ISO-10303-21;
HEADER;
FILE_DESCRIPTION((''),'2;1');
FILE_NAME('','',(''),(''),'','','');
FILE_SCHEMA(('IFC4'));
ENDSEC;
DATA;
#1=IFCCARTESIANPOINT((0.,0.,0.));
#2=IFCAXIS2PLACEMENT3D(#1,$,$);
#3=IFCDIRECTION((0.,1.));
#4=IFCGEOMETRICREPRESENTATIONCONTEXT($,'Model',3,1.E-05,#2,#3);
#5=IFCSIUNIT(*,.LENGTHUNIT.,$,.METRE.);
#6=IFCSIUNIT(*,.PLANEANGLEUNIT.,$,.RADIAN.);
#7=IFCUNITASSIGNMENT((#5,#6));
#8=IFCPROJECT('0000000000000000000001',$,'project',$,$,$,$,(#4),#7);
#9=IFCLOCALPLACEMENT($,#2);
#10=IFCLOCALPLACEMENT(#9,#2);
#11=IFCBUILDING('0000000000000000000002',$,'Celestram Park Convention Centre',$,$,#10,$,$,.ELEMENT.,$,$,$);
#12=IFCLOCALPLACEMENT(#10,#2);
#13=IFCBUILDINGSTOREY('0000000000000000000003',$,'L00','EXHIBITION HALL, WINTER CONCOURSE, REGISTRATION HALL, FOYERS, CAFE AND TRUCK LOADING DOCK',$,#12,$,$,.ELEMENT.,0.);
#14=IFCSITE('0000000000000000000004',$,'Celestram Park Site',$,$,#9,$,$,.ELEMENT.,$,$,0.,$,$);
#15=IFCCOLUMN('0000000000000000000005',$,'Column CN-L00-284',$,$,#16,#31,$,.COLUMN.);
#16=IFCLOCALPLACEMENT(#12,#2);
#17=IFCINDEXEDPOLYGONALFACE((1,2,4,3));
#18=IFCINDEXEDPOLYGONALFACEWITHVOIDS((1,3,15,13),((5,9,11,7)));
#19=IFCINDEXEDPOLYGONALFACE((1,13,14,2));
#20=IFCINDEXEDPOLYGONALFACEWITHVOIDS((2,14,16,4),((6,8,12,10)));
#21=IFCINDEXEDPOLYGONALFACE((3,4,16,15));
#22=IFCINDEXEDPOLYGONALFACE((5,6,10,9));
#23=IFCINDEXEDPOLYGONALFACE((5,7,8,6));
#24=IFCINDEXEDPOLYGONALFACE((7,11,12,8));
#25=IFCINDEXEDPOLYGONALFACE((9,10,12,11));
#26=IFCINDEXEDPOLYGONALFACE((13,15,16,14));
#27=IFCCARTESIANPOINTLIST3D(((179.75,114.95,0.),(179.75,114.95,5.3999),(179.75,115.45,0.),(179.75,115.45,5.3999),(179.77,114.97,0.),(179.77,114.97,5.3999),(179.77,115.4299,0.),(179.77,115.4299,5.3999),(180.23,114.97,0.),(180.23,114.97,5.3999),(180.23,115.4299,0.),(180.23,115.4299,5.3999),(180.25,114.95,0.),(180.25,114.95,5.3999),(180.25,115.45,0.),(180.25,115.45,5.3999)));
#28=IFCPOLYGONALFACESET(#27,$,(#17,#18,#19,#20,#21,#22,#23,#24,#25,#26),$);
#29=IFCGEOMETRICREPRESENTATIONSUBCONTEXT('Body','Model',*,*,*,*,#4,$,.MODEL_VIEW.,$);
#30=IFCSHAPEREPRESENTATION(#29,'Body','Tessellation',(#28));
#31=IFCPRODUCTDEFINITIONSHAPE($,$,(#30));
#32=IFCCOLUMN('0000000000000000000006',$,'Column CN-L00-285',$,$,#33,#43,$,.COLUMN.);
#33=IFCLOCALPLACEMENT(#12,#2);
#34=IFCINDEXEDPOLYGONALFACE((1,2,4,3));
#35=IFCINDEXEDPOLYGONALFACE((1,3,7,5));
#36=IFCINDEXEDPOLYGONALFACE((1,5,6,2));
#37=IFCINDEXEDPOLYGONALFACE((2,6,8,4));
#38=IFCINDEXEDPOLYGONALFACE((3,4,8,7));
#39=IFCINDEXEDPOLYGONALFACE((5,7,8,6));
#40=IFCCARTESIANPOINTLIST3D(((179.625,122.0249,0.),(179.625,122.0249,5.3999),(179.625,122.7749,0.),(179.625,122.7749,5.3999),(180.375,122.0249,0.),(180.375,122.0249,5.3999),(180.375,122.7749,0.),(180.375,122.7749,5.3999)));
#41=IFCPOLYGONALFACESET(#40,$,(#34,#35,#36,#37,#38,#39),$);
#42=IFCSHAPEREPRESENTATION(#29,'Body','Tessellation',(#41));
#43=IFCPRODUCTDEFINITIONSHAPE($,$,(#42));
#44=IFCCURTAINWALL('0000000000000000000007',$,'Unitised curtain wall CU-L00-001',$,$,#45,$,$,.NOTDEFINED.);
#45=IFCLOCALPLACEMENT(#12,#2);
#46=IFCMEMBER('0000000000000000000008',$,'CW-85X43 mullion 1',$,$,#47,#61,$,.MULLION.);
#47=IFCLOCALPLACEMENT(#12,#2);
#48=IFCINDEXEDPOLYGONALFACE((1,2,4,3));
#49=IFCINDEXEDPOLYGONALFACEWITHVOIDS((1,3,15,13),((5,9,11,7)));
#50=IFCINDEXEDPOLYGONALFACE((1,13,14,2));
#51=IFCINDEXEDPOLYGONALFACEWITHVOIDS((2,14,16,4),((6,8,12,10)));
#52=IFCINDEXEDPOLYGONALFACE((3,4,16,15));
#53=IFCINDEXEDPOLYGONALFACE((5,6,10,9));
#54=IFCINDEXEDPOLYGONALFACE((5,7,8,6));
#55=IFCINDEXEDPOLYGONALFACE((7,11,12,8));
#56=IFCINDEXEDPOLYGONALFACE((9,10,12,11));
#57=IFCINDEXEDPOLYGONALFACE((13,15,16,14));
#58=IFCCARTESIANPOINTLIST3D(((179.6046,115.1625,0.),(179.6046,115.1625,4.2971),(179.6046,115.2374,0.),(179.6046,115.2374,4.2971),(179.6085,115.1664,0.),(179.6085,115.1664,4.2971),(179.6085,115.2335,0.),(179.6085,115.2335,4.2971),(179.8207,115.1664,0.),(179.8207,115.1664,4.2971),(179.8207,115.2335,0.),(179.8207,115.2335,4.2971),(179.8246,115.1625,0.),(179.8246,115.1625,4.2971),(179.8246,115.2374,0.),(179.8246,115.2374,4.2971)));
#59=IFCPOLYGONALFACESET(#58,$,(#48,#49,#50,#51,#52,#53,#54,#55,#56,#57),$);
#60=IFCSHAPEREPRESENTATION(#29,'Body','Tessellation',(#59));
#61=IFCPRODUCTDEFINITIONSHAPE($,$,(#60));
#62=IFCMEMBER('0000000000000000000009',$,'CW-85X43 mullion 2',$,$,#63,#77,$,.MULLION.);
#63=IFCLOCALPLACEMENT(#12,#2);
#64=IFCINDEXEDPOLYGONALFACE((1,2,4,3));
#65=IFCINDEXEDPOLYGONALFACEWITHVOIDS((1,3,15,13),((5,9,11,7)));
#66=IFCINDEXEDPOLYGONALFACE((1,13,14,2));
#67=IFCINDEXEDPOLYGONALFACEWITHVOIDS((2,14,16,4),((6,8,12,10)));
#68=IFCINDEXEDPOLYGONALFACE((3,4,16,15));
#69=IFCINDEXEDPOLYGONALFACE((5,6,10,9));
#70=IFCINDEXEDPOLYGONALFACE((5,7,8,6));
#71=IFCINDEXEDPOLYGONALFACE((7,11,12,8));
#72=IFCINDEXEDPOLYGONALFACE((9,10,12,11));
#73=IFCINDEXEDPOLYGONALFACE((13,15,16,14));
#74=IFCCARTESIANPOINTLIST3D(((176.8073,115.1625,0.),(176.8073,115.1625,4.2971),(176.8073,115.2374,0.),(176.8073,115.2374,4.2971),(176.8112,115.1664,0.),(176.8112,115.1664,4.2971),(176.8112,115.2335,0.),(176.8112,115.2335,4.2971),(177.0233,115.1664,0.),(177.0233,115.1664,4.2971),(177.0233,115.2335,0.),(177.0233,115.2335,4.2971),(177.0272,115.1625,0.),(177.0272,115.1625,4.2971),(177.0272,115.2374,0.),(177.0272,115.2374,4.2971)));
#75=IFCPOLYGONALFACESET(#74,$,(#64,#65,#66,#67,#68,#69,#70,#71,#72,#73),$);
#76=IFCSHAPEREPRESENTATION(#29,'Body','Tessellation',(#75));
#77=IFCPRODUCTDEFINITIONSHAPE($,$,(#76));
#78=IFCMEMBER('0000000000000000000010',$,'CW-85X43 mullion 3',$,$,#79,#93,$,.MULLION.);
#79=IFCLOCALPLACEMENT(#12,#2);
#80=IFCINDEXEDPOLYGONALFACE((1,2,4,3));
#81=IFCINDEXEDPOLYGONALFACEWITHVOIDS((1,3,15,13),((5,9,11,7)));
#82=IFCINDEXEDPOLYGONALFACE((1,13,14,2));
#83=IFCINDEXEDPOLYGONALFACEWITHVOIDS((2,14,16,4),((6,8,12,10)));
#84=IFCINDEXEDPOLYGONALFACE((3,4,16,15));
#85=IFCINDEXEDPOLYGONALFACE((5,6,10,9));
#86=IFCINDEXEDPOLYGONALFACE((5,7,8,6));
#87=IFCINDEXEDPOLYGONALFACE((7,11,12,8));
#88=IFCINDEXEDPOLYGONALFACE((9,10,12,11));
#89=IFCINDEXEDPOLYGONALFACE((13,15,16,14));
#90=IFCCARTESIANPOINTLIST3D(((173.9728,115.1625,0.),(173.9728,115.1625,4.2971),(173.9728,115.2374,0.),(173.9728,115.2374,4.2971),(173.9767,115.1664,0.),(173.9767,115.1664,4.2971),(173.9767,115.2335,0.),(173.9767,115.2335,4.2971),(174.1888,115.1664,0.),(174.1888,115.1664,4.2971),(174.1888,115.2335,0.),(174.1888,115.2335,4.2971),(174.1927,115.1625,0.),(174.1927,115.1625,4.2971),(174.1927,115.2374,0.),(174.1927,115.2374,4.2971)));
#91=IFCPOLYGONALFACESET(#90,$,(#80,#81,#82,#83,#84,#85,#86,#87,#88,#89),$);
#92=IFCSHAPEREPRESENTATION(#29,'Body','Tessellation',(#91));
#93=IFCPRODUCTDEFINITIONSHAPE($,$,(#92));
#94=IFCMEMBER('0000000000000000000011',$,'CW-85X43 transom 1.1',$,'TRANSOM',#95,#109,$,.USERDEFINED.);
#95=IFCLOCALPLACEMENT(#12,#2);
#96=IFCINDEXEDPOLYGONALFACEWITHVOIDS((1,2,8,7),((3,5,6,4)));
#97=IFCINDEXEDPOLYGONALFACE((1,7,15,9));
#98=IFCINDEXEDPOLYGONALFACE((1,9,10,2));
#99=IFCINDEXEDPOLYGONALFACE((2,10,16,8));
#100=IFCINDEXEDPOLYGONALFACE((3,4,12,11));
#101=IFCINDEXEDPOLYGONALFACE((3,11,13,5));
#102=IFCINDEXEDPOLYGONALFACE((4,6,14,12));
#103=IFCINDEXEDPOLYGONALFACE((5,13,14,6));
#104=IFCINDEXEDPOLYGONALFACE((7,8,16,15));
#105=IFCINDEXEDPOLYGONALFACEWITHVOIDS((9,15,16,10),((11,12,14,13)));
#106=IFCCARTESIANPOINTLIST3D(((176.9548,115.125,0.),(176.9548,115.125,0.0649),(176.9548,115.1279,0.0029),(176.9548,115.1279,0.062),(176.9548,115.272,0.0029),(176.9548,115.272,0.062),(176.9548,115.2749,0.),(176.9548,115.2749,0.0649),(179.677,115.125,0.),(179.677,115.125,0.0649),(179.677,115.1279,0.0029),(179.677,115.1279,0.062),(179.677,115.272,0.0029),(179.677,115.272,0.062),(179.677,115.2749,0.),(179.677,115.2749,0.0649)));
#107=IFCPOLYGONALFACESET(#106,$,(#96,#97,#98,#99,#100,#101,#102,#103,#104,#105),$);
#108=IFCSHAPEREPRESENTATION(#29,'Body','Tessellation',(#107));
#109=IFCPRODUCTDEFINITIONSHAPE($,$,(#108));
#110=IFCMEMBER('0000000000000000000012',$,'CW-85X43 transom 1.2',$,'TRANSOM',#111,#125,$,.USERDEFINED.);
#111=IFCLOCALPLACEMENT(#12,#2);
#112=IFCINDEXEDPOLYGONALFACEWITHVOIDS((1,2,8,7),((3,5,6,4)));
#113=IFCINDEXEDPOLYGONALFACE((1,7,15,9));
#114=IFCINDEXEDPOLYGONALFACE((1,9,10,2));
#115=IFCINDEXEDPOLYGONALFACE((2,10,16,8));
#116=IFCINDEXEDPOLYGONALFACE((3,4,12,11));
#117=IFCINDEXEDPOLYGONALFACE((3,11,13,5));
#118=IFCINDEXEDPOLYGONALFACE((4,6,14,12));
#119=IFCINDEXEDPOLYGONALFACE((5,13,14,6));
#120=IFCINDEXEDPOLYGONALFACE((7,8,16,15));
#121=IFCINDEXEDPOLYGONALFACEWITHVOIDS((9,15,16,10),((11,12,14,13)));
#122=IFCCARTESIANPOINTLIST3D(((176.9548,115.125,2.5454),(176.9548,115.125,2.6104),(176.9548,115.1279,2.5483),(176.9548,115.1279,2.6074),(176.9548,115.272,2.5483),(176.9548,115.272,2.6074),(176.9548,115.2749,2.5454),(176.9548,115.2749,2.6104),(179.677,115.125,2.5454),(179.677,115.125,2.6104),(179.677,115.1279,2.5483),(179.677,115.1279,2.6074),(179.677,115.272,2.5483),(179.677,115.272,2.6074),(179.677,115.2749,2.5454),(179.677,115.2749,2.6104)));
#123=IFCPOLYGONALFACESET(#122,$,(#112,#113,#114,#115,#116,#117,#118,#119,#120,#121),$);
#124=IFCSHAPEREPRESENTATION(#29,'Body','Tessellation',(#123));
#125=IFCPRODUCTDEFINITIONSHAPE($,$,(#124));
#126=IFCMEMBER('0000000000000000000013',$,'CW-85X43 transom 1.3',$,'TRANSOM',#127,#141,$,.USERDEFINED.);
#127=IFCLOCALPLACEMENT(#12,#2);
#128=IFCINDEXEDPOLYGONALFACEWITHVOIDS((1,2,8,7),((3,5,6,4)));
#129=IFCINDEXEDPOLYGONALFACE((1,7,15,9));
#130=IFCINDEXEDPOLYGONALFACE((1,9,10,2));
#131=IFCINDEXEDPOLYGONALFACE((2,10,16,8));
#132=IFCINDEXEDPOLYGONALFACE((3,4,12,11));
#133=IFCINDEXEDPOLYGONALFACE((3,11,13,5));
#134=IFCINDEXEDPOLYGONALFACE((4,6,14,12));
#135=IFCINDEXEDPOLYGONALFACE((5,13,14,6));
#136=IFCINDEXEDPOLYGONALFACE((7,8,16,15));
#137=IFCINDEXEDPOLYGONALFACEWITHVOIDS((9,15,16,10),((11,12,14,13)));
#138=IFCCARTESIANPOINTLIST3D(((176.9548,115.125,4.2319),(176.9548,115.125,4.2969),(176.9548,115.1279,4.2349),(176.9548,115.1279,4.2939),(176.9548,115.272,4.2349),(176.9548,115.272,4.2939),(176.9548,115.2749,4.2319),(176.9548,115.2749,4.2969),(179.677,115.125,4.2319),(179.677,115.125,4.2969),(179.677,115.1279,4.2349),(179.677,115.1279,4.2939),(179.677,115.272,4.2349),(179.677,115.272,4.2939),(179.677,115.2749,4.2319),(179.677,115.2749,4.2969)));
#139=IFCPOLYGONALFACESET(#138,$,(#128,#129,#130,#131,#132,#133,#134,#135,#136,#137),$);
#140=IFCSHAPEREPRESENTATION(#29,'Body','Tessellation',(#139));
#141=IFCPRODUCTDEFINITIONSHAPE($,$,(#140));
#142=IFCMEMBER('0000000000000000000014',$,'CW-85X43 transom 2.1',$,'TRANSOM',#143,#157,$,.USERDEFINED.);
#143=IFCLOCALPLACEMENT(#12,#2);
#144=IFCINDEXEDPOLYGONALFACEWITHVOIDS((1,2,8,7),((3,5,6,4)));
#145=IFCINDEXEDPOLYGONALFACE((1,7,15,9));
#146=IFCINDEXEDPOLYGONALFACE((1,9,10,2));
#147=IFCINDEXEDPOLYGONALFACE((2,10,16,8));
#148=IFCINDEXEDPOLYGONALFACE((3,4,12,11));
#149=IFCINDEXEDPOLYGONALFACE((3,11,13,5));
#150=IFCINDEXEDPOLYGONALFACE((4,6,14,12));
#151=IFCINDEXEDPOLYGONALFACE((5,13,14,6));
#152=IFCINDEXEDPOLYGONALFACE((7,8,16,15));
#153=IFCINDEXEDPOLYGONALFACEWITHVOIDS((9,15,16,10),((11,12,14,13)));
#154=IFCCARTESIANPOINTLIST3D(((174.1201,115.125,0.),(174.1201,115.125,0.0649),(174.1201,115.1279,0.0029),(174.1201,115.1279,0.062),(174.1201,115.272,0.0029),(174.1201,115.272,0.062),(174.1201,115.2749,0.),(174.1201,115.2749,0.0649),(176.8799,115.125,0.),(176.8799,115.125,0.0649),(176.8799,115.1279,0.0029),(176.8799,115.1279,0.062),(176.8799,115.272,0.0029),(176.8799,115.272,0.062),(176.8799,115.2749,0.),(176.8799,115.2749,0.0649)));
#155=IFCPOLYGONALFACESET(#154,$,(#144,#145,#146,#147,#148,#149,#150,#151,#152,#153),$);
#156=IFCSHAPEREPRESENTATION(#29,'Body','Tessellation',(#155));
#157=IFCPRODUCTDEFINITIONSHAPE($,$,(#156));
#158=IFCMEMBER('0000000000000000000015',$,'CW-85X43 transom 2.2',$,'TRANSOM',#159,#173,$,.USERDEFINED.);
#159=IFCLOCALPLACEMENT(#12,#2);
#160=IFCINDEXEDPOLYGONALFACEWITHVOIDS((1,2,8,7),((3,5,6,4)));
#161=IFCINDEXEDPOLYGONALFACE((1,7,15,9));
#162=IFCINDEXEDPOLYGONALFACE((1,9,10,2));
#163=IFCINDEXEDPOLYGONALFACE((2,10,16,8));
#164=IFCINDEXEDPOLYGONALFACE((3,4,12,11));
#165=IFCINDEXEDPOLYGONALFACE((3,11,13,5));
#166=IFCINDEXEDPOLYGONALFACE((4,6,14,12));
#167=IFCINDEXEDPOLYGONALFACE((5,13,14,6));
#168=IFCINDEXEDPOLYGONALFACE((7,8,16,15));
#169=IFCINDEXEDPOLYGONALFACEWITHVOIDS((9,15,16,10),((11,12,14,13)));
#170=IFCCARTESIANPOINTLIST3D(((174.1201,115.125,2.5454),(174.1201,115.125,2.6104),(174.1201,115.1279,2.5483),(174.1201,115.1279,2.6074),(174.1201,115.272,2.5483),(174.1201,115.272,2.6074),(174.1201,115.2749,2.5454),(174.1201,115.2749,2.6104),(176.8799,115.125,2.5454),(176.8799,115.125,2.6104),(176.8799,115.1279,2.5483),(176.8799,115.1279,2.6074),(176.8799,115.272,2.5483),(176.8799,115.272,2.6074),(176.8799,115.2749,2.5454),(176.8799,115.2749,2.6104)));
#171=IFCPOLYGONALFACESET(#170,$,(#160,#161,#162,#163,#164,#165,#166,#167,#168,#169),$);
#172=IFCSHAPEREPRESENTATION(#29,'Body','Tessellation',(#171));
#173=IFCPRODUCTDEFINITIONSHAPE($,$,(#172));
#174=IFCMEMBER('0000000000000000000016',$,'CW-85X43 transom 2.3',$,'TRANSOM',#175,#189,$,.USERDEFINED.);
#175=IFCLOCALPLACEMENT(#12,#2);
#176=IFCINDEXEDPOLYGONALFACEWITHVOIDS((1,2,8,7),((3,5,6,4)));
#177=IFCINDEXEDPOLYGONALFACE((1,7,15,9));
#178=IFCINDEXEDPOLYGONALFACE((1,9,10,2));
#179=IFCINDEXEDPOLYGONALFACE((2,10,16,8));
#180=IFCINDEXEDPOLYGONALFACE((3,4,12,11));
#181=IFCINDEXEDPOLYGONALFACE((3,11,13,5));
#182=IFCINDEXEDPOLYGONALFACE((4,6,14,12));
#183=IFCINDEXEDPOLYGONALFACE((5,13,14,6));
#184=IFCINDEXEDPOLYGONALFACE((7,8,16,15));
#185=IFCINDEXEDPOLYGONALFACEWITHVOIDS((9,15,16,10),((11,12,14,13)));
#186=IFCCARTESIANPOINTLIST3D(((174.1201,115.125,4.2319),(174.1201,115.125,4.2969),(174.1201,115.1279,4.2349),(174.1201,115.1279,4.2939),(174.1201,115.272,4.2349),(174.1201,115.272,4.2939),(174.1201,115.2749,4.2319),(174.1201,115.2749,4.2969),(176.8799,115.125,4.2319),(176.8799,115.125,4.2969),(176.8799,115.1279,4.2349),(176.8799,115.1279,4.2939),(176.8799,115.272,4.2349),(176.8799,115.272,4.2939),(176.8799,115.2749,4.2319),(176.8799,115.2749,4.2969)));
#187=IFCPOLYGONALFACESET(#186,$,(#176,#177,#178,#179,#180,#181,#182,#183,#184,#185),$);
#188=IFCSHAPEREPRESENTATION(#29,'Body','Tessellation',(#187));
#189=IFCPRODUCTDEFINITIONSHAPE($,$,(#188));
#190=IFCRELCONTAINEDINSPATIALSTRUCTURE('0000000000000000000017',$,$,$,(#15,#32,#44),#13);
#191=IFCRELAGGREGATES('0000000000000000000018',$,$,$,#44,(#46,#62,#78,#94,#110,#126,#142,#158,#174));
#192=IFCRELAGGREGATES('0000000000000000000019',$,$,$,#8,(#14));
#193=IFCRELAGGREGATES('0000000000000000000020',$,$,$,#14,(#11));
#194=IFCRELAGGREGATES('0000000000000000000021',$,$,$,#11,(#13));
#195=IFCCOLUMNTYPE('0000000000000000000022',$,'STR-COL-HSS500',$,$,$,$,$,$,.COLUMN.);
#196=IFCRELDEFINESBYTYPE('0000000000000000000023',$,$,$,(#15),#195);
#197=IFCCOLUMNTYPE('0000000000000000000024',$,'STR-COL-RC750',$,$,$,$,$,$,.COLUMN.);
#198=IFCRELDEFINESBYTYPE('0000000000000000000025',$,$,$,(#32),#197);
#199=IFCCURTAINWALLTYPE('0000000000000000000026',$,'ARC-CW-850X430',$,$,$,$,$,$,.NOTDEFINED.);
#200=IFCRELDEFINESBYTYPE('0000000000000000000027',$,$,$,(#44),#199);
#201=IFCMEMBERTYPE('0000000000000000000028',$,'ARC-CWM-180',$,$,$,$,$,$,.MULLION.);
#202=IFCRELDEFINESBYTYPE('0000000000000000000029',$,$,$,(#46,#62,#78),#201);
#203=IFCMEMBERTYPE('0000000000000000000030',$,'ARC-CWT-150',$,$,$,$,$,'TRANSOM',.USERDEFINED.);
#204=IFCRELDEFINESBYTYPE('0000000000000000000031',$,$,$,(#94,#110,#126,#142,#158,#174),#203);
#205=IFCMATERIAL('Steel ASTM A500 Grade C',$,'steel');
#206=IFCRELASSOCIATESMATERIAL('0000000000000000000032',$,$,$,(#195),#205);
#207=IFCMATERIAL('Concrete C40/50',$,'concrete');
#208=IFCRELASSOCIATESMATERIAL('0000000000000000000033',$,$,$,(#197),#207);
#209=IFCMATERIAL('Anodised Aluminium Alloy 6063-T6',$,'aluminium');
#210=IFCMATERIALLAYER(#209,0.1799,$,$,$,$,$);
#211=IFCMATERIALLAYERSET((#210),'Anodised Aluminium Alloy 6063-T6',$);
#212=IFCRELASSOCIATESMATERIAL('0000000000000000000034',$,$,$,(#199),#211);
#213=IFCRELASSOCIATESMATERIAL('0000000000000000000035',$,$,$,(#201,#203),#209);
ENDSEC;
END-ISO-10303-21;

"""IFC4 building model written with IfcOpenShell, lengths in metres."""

from ifc_helpers import new_model, si_unit, direction, frame, origin, origin_2d, place, context, subcontext, project, spatial, rectangle, hollow_rectangle, extrude, material, layer, layer_set, material_profile, profile_set, type_object, element, aggregate, save


model = new_model("IFC4")

# Units and contexts
model_context = context("Model", 3, precision=1e-05, world=origin(), true_north=direction((0.0, 1.0)))
body_context = subcontext(model_context, "Body", "Model", "MODEL_VIEW")
ifc_project = project(units=[si_unit("LENGTHUNIT", "METRE"), si_unit("PLANEANGLEUNIT", "RADIAN")], contexts=[model_context])

# Site, building, storey
site_placement = place(None, origin())
site = spatial("IfcSite", under=ifc_project, at=site_placement, Name="Celestram Park Site", CompositionType="ELEMENT", RefElevation=0.0)
building_placement = place(site_placement, origin())
building = spatial("IfcBuilding", under=site, at=building_placement, Name="Celestram Park Convention Centre", CompositionType="ELEMENT")
storey_placement = place(building_placement, origin())
storey = spatial("IfcBuildingStorey", under=building, at=storey_placement, Name="L00", Description="EXHIBITION HALL, WINTER CONCOURSE, REGISTRATION HALL, FOYERS, CAFE AND TRUCK LOADING DOCK", CompositionType="ELEMENT", Elevation=0.0)

# Columns
ifc_material_1 = material(Name="Steel ASTM A500 Grade C", Category="steel")
ifc_material_profile_1 = material_profile(ifc_material_1, hollow_rectangle(XDim=0.5, YDim=0.5, WallThickness=0.02, at=origin_2d()), Name="HSS500X500X20")
ifc_profile_set_1 = profile_set([ifc_material_profile_1], Name="Steel ASTM A500 Grade C")
column_type_1 = type_object("IfcColumnType", Name="STR-COL-HSS500", PredefinedType="COLUMN", material=ifc_profile_set_1)
column_1_placement = place(storey_placement, frame((180.0, 115.2, 0.0), z_axis=(0.0, 0.0, 1.0), x_axis=(1.0, 0.0, 0.0)))
element("IfcColumn", 1, at=column_1_placement, inside=storey, type_object=column_type_1, Name="Column CN-L00-284", PredefinedType="COLUMN", context=body_context, shape_type="SweptSolid", body=[
    extrude(hollow_rectangle(XDim=0.5, YDim=0.5, WallThickness=0.02, at=origin_2d()), origin(), (0.0, 0.0, 1.0), 5.3999),
])
ifc_material_2 = material(Name="Concrete C40/50", Category="concrete")
ifc_material_profile_2 = material_profile(ifc_material_2, rectangle(XDim=0.75, YDim=0.75, at=origin_2d()), Name="RC750X750")
ifc_profile_set_2 = profile_set([ifc_material_profile_2], Name="Concrete C40/50")
column_type_2 = type_object("IfcColumnType", Name="STR-COL-RC750", PredefinedType="COLUMN", material=ifc_profile_set_2)
column_2_placement = place(storey_placement, frame((180.0, 122.3999, 0.0), z_axis=(0.0, 0.0, 1.0), x_axis=(1.0, 0.0, 0.0)))
element("IfcColumn", 2, at=column_2_placement, inside=storey, type_object=column_type_2, Name="Column CN-L00-285", PredefinedType="COLUMN", context=body_context, shape_type="SweptSolid", body=[
    extrude(rectangle(XDim=0.75, YDim=0.75, at=origin_2d()), origin(), (0.0, 0.0, 1.0), 5.3999),
])

# Curtain wall, members
ifc_material_3 = material(Name="Anodised Aluminium Alloy 6063-T6", Category="aluminium")
ifc_layer_1 = layer(ifc_material_3, 0.1799)
ifc_layer_set_1 = layer_set([ifc_layer_1], Name="Anodised Aluminium Alloy 6063-T6")
curtain_wall_type = type_object("IfcCurtainWallType", Name="ARC-CW-850X430", PredefinedType="NOTDEFINED", material=ifc_layer_set_1)
curtain_wall_placement = place(storey_placement, origin())
curtain_wall = element("IfcCurtainWall", 3, at=curtain_wall_placement, inside=storey, type_object=curtain_wall_type, Name="Unitised curtain wall CU-L00-001", PredefinedType="NOTDEFINED")
ifc_material_profile_3 = material_profile(ifc_material_3, hollow_rectangle(XDim=0.075, YDim=0.22, WallThickness=0.0039, at=origin_2d()), Name="ALU75X220X4")
ifc_profile_set_3 = profile_set([ifc_material_profile_3], Name="Anodised Aluminium Alloy 6063-T6")
member_type_1 = type_object("IfcMemberType", Name="ARC-CWM-180", PredefinedType="MULLION", material=ifc_profile_set_3)
member_1_placement = place(storey_placement, frame((179.7146, 115.2, 0.0), z_axis=(0.0, 0.0, 1.0), x_axis=(0.0, -1.0, 0.0)))
member_1 = element("IfcMember", 4, at=member_1_placement, type_object=member_type_1, Name="CW-85X43 mullion 1", PredefinedType="MULLION", context=body_context, shape_type="SweptSolid", body=[
    extrude(hollow_rectangle(XDim=0.075, YDim=0.22, WallThickness=0.0039, at=origin_2d()), origin(), (0.0, 0.0, 1.0), 4.2971),
])
member_2_placement = place(storey_placement, frame((176.9172, 115.2, 0.0), z_axis=(0.0, 0.0, 1.0), x_axis=(0.0, -1.0, 0.0)))
member_2 = element("IfcMember", 5, at=member_2_placement, type_object=member_type_1, Name="CW-85X43 mullion 2", PredefinedType="MULLION", context=body_context, shape_type="SweptSolid", body=[
    extrude(hollow_rectangle(XDim=0.075, YDim=0.22, WallThickness=0.0039, at=origin_2d()), origin(), (0.0, 0.0, 1.0), 4.2971),
])
member_3_placement = place(storey_placement, frame((174.0828, 115.2, 0.0), z_axis=(0.0, 0.0, 1.0), x_axis=(0.0, -1.0, 0.0)))
member_3 = element("IfcMember", 6, at=member_3_placement, type_object=member_type_1, Name="CW-85X43 mullion 3", PredefinedType="MULLION", context=body_context, shape_type="SweptSolid", body=[
    extrude(hollow_rectangle(XDim=0.075, YDim=0.22, WallThickness=0.0039, at=origin_2d()), origin(), (0.0, 0.0, 1.0), 4.2971),
])
ifc_material_profile_4 = material_profile(ifc_material_3, hollow_rectangle(XDim=0.1499, YDim=0.0649, WallThickness=0.0029, at=origin_2d()), Name="ALU150X65X3")
ifc_profile_set_4 = profile_set([ifc_material_profile_4], Name="Anodised Aluminium Alloy 6063-T6")
member_type_2 = type_object("IfcMemberType", Name="ARC-CWT-150", ElementType="TRANSOM", PredefinedType="USERDEFINED", material=ifc_profile_set_4)
member_4_placement = place(storey_placement, frame((179.677, 115.2, 0.0325), z_axis=(-1.0, 0.0, 0.0), x_axis=(0.0, -1.0, 0.0)))
member_4 = element("IfcMember", 7, at=member_4_placement, type_object=member_type_2, Name="CW-85X43 transom 1.1", ObjectType="TRANSOM", PredefinedType="USERDEFINED", context=body_context, shape_type="SweptSolid", body=[
    extrude(hollow_rectangle(XDim=0.1499, YDim=0.0649, WallThickness=0.0029, at=origin_2d()), origin(), (0.0, 0.0, 1.0), 2.7222),
])
member_5_placement = place(storey_placement, frame((179.677, 115.2, 2.5779), z_axis=(-1.0, 0.0, 0.0), x_axis=(0.0, -1.0, 0.0)))
member_5 = element("IfcMember", 8, at=member_5_placement, type_object=member_type_2, Name="CW-85X43 transom 1.2", ObjectType="TRANSOM", PredefinedType="USERDEFINED", context=body_context, shape_type="SweptSolid", body=[
    extrude(hollow_rectangle(XDim=0.1499, YDim=0.0649, WallThickness=0.0029, at=origin_2d()), origin(), (0.0, 0.0, 1.0), 2.7222),
])
member_6_placement = place(storey_placement, frame((179.677, 115.2, 4.2644), z_axis=(-1.0, 0.0, 0.0), x_axis=(0.0, -1.0, 0.0)))
member_6 = element("IfcMember", 9, at=member_6_placement, type_object=member_type_2, Name="CW-85X43 transom 1.3", ObjectType="TRANSOM", PredefinedType="USERDEFINED", context=body_context, shape_type="SweptSolid", body=[
    extrude(hollow_rectangle(XDim=0.1499, YDim=0.0649, WallThickness=0.0029, at=origin_2d()), origin(), (0.0, 0.0, 1.0), 2.7222),
])
member_7_placement = place(storey_placement, frame((176.8799, 115.2, 0.0325), z_axis=(-1.0, 0.0, 0.0), x_axis=(0.0, -1.0, 0.0)))
member_7 = element("IfcMember", 10, at=member_7_placement, type_object=member_type_2, Name="CW-85X43 transom 2.1", ObjectType="TRANSOM", PredefinedType="USERDEFINED", context=body_context, shape_type="SweptSolid", body=[
    extrude(hollow_rectangle(XDim=0.1499, YDim=0.0649, WallThickness=0.0029, at=origin_2d()), origin(), (0.0, 0.0, 1.0), 2.7598),
])
member_8_placement = place(storey_placement, frame((176.8799, 115.2, 2.5779), z_axis=(-1.0, 0.0, 0.0), x_axis=(0.0, -1.0, 0.0)))
member_8 = element("IfcMember", 11, at=member_8_placement, type_object=member_type_2, Name="CW-85X43 transom 2.2", ObjectType="TRANSOM", PredefinedType="USERDEFINED", context=body_context, shape_type="SweptSolid", body=[
    extrude(hollow_rectangle(XDim=0.1499, YDim=0.0649, WallThickness=0.0029, at=origin_2d()), origin(), (0.0, 0.0, 1.0), 2.7598),
])
member_9_placement = place(storey_placement, frame((176.8799, 115.2, 4.2644), z_axis=(-1.0, 0.0, 0.0), x_axis=(0.0, -1.0, 0.0)))
member_9 = element("IfcMember", 12, at=member_9_placement, type_object=member_type_2, Name="CW-85X43 transom 2.3", ObjectType="TRANSOM", PredefinedType="USERDEFINED", context=body_context, shape_type="SweptSolid", body=[
    extrude(hollow_rectangle(XDim=0.1499, YDim=0.0649, WallThickness=0.0029, at=origin_2d()), origin(), (0.0, 0.0, 1.0), 2.7598),
])

aggregate(curtain_wall, [member_1, member_2, member_3, member_4, member_5, member_6, member_7, member_8, member_9])

save(model, "model.ifc")
